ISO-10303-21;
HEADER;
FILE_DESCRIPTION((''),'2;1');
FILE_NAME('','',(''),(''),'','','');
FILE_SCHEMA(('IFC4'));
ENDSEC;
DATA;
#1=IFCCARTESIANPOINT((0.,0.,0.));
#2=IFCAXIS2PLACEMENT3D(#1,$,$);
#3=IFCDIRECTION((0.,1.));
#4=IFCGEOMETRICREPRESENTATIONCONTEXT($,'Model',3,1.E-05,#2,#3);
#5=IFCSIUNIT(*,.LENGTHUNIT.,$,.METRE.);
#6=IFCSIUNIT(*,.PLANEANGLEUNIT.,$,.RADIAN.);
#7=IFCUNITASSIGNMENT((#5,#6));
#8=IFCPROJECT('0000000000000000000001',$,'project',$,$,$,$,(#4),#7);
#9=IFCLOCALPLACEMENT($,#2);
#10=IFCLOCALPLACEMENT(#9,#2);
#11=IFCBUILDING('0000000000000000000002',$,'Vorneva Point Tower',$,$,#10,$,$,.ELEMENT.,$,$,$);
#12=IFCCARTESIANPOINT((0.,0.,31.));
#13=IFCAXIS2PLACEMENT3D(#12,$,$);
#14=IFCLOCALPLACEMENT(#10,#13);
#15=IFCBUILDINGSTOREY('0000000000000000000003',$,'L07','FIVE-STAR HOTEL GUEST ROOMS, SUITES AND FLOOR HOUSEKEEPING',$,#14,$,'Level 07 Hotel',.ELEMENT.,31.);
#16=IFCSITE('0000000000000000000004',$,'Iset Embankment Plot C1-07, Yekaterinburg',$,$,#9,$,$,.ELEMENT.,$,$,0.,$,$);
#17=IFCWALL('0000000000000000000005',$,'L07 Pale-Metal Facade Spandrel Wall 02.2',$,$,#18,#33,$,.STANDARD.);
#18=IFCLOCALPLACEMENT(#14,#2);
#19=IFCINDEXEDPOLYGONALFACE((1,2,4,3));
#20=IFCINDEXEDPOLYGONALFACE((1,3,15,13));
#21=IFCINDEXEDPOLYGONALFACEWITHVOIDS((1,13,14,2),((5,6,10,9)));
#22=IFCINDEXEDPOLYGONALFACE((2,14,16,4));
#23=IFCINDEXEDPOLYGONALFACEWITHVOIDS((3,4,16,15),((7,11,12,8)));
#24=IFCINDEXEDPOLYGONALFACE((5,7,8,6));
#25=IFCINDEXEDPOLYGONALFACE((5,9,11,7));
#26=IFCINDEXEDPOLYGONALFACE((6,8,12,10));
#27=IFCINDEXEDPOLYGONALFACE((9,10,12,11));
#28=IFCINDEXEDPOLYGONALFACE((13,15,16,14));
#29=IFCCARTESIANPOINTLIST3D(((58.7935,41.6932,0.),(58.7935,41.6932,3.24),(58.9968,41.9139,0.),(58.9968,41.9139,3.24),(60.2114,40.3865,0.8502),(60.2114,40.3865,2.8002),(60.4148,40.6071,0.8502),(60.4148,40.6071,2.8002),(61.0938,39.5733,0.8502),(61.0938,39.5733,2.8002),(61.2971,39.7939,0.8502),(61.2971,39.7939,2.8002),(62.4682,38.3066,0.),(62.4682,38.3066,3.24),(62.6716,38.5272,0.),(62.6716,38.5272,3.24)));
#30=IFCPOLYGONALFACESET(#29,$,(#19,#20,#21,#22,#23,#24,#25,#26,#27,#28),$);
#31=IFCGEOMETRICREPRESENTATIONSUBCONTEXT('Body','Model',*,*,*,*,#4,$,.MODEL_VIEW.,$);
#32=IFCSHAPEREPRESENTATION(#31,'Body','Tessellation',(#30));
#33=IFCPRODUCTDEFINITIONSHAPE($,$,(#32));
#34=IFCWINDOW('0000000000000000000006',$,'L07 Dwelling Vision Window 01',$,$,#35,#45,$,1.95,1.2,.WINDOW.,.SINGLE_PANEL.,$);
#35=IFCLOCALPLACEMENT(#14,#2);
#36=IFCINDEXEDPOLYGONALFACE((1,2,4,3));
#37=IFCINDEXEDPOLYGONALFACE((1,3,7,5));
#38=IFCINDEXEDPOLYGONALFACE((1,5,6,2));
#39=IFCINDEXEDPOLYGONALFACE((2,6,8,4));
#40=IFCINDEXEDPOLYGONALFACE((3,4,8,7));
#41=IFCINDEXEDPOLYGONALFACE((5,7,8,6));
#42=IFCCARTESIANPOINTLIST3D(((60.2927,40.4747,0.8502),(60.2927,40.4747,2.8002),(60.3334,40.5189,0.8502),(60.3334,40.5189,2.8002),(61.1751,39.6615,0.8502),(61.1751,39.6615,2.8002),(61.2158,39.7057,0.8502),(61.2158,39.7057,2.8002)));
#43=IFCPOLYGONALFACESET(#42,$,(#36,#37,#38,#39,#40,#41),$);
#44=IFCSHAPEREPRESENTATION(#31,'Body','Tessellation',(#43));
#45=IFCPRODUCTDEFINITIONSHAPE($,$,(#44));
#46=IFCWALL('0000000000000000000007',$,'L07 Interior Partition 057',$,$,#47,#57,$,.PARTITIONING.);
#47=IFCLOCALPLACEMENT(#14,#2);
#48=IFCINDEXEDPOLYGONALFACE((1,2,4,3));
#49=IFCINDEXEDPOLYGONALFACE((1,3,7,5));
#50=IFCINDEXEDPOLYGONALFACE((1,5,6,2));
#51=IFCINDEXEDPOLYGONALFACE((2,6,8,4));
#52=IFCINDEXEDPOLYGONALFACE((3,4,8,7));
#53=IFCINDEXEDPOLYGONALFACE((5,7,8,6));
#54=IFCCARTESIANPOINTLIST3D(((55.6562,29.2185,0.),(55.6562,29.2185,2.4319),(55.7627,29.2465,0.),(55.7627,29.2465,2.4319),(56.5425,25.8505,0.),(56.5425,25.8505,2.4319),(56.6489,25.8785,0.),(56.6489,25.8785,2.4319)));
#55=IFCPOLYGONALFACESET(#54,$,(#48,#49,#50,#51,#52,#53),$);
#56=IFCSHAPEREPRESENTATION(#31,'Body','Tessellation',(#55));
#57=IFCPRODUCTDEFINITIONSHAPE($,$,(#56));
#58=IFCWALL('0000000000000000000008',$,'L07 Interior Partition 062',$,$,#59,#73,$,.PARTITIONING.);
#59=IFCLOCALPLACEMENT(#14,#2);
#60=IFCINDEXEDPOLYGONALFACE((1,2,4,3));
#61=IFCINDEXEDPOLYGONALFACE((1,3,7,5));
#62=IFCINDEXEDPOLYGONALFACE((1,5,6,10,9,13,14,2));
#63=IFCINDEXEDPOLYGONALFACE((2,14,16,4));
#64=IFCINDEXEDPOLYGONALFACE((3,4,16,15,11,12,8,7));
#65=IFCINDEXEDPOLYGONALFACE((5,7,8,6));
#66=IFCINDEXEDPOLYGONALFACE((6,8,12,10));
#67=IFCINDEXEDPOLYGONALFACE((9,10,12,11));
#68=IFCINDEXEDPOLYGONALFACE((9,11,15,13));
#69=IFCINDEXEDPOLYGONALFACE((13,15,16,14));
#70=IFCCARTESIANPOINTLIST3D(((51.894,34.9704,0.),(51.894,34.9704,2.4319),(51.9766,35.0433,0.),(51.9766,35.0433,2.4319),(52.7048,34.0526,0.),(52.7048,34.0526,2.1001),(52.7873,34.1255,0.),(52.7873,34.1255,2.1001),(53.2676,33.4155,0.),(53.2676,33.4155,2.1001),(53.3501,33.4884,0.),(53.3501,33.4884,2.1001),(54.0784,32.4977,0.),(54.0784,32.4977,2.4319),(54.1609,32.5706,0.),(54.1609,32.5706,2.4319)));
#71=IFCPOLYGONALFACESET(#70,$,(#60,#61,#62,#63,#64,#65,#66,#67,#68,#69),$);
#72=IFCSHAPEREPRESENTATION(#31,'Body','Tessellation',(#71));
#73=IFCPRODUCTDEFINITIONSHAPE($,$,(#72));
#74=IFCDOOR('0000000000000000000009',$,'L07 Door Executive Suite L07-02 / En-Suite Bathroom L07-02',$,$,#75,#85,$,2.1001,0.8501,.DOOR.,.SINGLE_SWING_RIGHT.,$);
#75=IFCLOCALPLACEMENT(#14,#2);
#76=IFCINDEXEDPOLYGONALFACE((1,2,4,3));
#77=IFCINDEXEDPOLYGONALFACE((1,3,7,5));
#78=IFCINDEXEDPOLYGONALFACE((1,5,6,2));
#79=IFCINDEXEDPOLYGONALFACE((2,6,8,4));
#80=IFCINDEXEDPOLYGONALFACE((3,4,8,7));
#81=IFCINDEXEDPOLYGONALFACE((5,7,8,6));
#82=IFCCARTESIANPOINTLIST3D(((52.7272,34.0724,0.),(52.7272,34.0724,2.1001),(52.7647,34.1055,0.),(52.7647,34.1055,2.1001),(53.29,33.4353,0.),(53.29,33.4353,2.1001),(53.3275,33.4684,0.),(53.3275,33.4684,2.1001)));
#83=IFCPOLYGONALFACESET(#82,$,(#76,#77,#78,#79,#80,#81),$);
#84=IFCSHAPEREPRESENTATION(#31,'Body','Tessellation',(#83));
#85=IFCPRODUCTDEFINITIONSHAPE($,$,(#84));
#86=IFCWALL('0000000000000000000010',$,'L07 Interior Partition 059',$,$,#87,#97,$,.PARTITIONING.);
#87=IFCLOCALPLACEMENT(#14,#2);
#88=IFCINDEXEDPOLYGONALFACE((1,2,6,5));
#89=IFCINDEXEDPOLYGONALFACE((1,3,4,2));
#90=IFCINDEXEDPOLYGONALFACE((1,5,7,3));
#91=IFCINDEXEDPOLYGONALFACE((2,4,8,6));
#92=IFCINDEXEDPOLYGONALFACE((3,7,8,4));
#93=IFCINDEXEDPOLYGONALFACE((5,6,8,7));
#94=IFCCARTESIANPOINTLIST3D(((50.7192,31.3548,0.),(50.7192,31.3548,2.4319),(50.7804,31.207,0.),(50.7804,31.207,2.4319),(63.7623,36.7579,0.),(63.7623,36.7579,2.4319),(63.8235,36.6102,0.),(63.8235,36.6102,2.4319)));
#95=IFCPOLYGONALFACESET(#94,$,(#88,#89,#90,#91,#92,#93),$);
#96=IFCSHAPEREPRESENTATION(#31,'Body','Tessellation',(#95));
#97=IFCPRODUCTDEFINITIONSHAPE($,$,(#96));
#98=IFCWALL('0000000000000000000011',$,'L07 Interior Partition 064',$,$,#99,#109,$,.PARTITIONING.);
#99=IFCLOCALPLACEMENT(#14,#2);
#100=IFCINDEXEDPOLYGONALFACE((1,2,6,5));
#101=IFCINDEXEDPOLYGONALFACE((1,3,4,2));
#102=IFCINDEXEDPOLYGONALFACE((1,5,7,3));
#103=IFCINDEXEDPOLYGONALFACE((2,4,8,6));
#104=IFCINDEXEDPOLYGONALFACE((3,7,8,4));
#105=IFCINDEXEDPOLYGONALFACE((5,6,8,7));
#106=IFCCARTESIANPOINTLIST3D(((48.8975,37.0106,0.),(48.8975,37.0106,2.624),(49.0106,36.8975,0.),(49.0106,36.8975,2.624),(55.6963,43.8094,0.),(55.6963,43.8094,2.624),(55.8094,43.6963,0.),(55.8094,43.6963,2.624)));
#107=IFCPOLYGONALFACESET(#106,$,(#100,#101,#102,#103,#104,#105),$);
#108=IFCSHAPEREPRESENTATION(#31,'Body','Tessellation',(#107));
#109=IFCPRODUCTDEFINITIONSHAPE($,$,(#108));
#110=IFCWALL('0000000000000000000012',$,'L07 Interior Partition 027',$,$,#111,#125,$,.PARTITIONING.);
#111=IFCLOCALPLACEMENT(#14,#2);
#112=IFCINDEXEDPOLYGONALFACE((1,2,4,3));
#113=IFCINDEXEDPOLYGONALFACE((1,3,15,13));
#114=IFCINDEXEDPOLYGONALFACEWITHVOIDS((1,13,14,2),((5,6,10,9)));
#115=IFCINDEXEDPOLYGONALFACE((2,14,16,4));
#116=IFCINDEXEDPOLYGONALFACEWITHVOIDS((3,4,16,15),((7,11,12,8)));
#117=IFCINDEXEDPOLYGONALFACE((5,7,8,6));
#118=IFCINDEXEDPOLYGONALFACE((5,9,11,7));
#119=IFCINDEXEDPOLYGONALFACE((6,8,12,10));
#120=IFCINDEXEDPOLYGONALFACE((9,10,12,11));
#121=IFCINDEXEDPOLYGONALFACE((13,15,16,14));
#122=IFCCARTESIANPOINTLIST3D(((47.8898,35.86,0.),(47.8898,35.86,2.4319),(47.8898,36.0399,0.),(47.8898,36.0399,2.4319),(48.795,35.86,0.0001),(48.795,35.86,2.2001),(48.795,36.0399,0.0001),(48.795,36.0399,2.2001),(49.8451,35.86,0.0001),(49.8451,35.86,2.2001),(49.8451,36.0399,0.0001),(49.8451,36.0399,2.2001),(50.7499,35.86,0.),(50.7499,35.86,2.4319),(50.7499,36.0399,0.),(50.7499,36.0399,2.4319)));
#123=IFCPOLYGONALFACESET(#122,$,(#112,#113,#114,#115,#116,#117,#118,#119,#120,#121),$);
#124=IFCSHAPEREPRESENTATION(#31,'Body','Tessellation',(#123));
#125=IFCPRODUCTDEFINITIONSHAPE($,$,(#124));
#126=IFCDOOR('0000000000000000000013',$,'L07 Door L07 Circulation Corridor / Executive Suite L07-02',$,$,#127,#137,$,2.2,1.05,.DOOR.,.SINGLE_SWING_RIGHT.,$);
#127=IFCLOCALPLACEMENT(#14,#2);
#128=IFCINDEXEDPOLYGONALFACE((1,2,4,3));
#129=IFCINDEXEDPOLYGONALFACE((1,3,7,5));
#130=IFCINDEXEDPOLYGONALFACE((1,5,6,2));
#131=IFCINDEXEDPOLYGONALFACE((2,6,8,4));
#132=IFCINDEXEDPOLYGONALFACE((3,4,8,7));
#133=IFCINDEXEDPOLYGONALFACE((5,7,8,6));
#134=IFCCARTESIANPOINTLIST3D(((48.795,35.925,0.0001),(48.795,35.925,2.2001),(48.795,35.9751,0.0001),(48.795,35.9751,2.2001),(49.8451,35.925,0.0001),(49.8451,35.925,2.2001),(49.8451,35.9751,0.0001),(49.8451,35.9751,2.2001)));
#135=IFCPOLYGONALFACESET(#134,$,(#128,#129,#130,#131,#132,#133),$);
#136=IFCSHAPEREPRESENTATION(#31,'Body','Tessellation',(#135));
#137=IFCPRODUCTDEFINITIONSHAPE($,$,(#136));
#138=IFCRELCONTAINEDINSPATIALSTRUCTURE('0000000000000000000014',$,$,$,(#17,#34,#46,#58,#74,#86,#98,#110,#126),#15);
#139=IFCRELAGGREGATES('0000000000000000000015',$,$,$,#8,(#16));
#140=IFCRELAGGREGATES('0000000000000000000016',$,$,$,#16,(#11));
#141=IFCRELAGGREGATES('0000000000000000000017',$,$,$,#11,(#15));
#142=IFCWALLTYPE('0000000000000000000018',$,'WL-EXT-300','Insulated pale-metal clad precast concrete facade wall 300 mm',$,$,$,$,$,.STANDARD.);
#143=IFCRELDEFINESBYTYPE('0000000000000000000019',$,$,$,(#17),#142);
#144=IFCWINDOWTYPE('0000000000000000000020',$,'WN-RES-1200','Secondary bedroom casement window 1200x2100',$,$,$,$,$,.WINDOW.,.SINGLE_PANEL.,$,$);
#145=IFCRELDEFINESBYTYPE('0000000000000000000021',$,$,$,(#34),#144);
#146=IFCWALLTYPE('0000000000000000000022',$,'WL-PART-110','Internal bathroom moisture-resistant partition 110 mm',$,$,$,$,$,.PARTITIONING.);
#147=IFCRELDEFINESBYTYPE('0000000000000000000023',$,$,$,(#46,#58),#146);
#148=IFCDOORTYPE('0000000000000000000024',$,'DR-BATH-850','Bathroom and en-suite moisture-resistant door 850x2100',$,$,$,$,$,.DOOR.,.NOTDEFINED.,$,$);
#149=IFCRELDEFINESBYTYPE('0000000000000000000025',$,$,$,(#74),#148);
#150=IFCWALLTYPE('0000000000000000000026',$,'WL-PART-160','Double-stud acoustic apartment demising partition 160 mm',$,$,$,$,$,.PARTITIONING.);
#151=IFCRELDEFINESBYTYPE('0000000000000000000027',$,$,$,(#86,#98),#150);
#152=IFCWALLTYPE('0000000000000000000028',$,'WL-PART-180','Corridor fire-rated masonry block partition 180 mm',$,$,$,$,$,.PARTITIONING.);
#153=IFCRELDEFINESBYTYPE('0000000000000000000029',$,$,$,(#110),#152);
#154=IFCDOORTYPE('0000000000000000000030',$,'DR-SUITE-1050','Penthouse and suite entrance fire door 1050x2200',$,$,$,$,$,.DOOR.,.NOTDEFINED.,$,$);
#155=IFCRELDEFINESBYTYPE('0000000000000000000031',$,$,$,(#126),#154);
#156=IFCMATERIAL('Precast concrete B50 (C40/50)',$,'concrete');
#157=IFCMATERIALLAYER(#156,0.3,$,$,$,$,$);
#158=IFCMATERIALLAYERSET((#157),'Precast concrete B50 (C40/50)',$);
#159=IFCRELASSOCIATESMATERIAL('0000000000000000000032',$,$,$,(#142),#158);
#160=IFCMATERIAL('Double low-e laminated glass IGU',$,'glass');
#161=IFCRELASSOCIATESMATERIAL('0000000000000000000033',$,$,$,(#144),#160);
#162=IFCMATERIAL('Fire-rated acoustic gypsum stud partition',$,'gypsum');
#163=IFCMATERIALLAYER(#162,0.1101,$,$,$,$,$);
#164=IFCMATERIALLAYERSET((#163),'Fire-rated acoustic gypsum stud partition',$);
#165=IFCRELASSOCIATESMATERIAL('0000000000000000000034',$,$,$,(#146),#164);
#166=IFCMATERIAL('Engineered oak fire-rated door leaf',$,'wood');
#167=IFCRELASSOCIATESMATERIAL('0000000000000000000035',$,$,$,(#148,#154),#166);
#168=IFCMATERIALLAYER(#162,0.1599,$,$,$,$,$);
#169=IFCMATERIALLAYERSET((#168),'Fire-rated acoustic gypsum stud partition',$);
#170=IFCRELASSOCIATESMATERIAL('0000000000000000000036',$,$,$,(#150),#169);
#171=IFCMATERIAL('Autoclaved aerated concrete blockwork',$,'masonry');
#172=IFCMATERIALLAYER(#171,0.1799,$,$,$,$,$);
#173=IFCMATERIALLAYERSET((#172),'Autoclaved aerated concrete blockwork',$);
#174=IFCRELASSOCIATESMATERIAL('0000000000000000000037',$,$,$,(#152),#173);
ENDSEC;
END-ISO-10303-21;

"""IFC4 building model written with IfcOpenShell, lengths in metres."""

from ifc_helpers import new_model, si_unit, direction, frame, frame_2d, origin, place, context, subcontext, project, spatial, rectangle, extrude, material, layer, layer_set, type_object, element, fill, save


model = new_model("IFC4")

# Units and contexts
model_context = context("Model", 3, precision=1e-05, world=origin(), true_north=direction((0.0, 1.0)))
body_context = subcontext(model_context, "Body", "Model", "MODEL_VIEW")
ifc_project = project(units=[si_unit("LENGTHUNIT", "METRE"), si_unit("PLANEANGLEUNIT", "RADIAN")], contexts=[model_context])

# Site, building, storey
site_placement = place(None, origin())
site = spatial("IfcSite", under=ifc_project, at=site_placement, Name="Iset Embankment Plot C1-07, Yekaterinburg", CompositionType="ELEMENT", RefElevation=0.0)
building_placement = place(site_placement, origin())
building = spatial("IfcBuilding", under=site, at=building_placement, Name="Vorneva Point Tower", CompositionType="ELEMENT")
storey_placement = place(building_placement, frame((0.0, 0.0, 31.0)))
storey = spatial("IfcBuildingStorey", under=building, at=storey_placement, Name="L07", Description="FIVE-STAR HOTEL GUEST ROOMS, SUITES AND FLOOR HOUSEKEEPING", LongName="Level 07 Hotel", CompositionType="ELEMENT", Elevation=31.0)

# Shared definitions
ifc_material_1 = material(Name="Double low-e laminated glass IGU", Category="glass")

# Shared definitions
ifc_material_2 = material(Name="Precast concrete B50 (C40/50)", Category="concrete")
ifc_layer_1 = layer(ifc_material_2, 0.3)
ifc_layer_set_1 = layer_set([ifc_layer_1], Name="Precast concrete B50 (C40/50)")
wall_type_1 = type_object("IfcWallType", Name="WL-EXT-300", Description="Insulated pale-metal clad precast concrete facade wall 300 mm", PredefinedType="STANDARD", material=ifc_layer_set_1)

# Wall, opening, window
wall_1_placement = place(storey_placement, frame((62.5698, 38.417, 0.0), z_axis=(0.0, 0.0, 1.0), x_axis=(-0.735343, 0.677696, 0.0)))
wall_1 = element("IfcWall", 1, at=wall_1_placement, inside=storey, type_object=wall_type_1, Name="L07 Pale-Metal Facade Spandrel Wall 02.2", PredefinedType="STANDARD", context=body_context, shape_type="SweptSolid", body=[
    extrude(rectangle(XDim=4.9973, YDim=0.3, at=frame_2d((2.4985, 0.0))), origin(), (0.0, 0.0, 1.0), 3.24),
])
opening_1_placement = place(wall_1_placement, frame((1.8689, 0.0, 0.8501)))
opening_1 = element("IfcOpeningElement", 2, at=opening_1_placement, cuts=wall_1, PredefinedType="OPENING", context=body_context, shape_type="SweptSolid", body=[
    extrude(rectangle(XDim=1.2, YDim=1.95, at=frame_2d((0.6001, 0.9751))), frame((0.0, 0.165, 0.0), z_axis=(0.0, -1.0, 0.0), x_axis=(1.0, 0.0, 0.0)), (0.0, 0.0, 1.0), 0.3298),
])
window_type = type_object("IfcWindowType", Name="WN-RES-1200", Description="Secondary bedroom casement window 1200x2100", PartitioningType="SINGLE_PANEL", PredefinedType="WINDOW", material=ifc_material_1)
window_placement = place(opening_1_placement, origin())
window = element("IfcWindow", 3, at=window_placement, inside=storey, type_object=window_type, Name="L07 Dwelling Vision Window 01", OverallHeight=1.95, OverallWidth=1.2, PartitioningType="SINGLE_PANEL", PredefinedType="WINDOW", context=body_context, shape_type="SweptSolid", body=[
    extrude(rectangle(XDim=1.2, YDim=1.95, at=frame_2d((0.6001, 0.9751))), frame((0.0, 0.03, 0.0), z_axis=(0.0, -1.0, 0.0), x_axis=(1.0, 0.0, 0.0)), (0.0, 0.0, 1.0), 0.0601),
])
fill(opening_1, window)

# Wall
ifc_material_3 = material(Name="Fire-rated acoustic gypsum stud partition", Category="gypsum")
ifc_layer_2 = layer(ifc_material_3, 0.1101)
ifc_layer_set_2 = layer_set([ifc_layer_2], Name="Fire-rated acoustic gypsum stud partition")
wall_type_2 = type_object("IfcWallType", Name="WL-PART-110", Description="Internal bathroom moisture-resistant partition 110 mm", PredefinedType="PARTITIONING", material=ifc_layer_set_2)
wall_2_placement = place(storey_placement, frame((55.7095, 29.2324, 0.0), z_axis=(0.0, 0.0, 1.0), x_axis=(0.254476, -0.967079, 0.0)))
element("IfcWall", 4, at=wall_2_placement, inside=storey, type_object=wall_type_2, Name="L07 Interior Partition 057", PredefinedType="PARTITIONING", context=body_context, shape_type="SweptSolid", body=[
    extrude(rectangle(XDim=3.4827, YDim=0.1101, at=frame_2d((1.7412, 0.0))), origin(), (0.0, 0.0, 1.0), 2.4319),
])

# Wall, opening, door
wall_3_placement = place(storey_placement, frame((51.9353, 35.0068, 0.0), z_axis=(0.0, 0.0, 1.0), x_axis=(0.66206, -0.749451, 0.0)))
wall_3 = element("IfcWall", 5, at=wall_3_placement, inside=storey, type_object=wall_type_2, Name="L07 Interior Partition 062", PredefinedType="PARTITIONING", context=body_context, shape_type="SweptSolid", body=[
    extrude(rectangle(XDim=3.2993, YDim=0.1101, at=frame_2d((1.6497, 0.0))), origin(), (0.0, 0.0, 1.0), 2.4319),
])
opening_2_placement = place(wall_3_placement, frame((1.2246, 0.0, 0.0)))
opening_2 = element("IfcOpeningElement", 6, at=opening_2_placement, cuts=wall_3, PredefinedType="OPENING", context=body_context, shape_type="SweptSolid", body=[
    extrude(rectangle(XDim=0.8501, YDim=2.1001, at=frame_2d((0.425, 1.05))), frame((0.0, 0.0698, 0.0), z_axis=(0.0, -1.0, 0.0), x_axis=(1.0, 0.0, 0.0)), (0.0, 0.0, 1.0), 0.1399),
])
ifc_material_4 = material(Name="Engineered oak fire-rated door leaf", Category="wood")
door_type_1 = type_object("IfcDoorType", Name="DR-BATH-850", Description="Bathroom and en-suite moisture-resistant door 850x2100", OperationType="NOTDEFINED", PredefinedType="DOOR", material=ifc_material_4)
door_1_placement = place(opening_2_placement, origin())
door_1 = element("IfcDoor", 7, at=door_1_placement, inside=storey, type_object=door_type_1, Name="L07 Door Executive Suite L07-02 / En-Suite Bathroom L07-02", OperationType="SINGLE_SWING_RIGHT", OverallHeight=2.1001, OverallWidth=0.8501, PredefinedType="DOOR", context=body_context, shape_type="SweptSolid", body=[
    extrude(rectangle(XDim=0.8501, YDim=2.1001, at=frame_2d((0.425, 1.05))), frame((0.0, 0.0249, 0.0), z_axis=(0.0, -1.0, 0.0), x_axis=(1.0, 0.0, 0.0)), (0.0, 0.0, 1.0), 0.05),
])
fill(opening_2, door_1)

# Walls
ifc_layer_3 = layer(ifc_material_3, 0.1599)
ifc_layer_set_3 = layer_set([ifc_layer_3], Name="Fire-rated acoustic gypsum stud partition")
wall_type_3 = type_object("IfcWallType", Name="WL-PART-160", Description="Double-stud acoustic apartment demising partition 160 mm", PredefinedType="PARTITIONING", material=ifc_layer_set_3)
wall_4_placement = place(storey_placement, frame((63.793, 36.6841, 0.0), z_axis=(0.0, 0.0, 1.0), x_axis=(-0.923867, -0.382714, 0.0)))
element("IfcWall", 8, at=wall_4_placement, inside=storey, type_object=wall_type_3, Name="L07 Interior Partition 059", PredefinedType="PARTITIONING", context=body_context, shape_type="SweptSolid", body=[
    extrude(rectangle(XDim=14.1179, YDim=0.1599, at=frame_2d((7.0591, 0.0))), origin(), (0.0, 0.0, 1.0), 2.4319),
])
wall_5_placement = place(storey_placement, frame((55.7529, 43.7529, 0.0), z_axis=(0.0, 0.0, 1.0), x_axis=(-0.707107, -0.707107, 0.0)))
element("IfcWall", 9, at=wall_5_placement, inside=storey, type_object=wall_type_3, Name="L07 Interior Partition 064", PredefinedType="PARTITIONING", context=body_context, shape_type="SweptSolid", body=[
    extrude(rectangle(XDim=9.615, YDim=0.1599, at=frame_2d((4.8076, 0.0))), origin(), (0.0, 0.0, 1.0), 2.624),
])

# Wall, opening, door
ifc_material_5 = material(Name="Autoclaved aerated concrete blockwork", Category="masonry")
ifc_layer_4 = layer(ifc_material_5, 0.1799)
ifc_layer_set_4 = layer_set([ifc_layer_4], Name="Autoclaved aerated concrete blockwork")
wall_type_4 = type_object("IfcWallType", Name="WL-PART-180", Description="Corridor fire-rated masonry block partition 180 mm", PredefinedType="PARTITIONING", material=ifc_layer_set_4)
wall_6_placement = place(storey_placement, frame((50.75, 35.95, 0.0), z_axis=(0.0, 0.0, 1.0), x_axis=(-1.0, 0.0, 0.0)))
wall_6 = element("IfcWall", 10, at=wall_6_placement, inside=storey, type_object=wall_type_4, Name="L07 Interior Partition 027", PredefinedType="PARTITIONING", context=body_context, shape_type="SweptSolid", body=[
    extrude(rectangle(XDim=2.8601, YDim=0.1799, at=frame_2d((1.4302, 0.0))), origin(), (0.0, 0.0, 1.0), 2.4319),
])
opening_3_placement = place(wall_6_placement, frame((0.905, 0.0, 0.0)))
opening_3 = element("IfcOpeningElement", 11, at=opening_3_placement, cuts=wall_6, PredefinedType="OPENING", context=body_context, shape_type="SweptSolid", body=[
    extrude(rectangle(XDim=1.05, YDim=2.2, at=frame_2d((0.5249, 1.1001))), frame((0.0, 0.105, 0.0), z_axis=(0.0, -1.0, 0.0), x_axis=(1.0, 0.0, 0.0)), (0.0, 0.0, 1.0), 0.2097),
])
door_type_2 = type_object("IfcDoorType", Name="DR-SUITE-1050", Description="Penthouse and suite entrance fire door 1050x2200", OperationType="NOTDEFINED", PredefinedType="DOOR", material=ifc_material_4)
door_2_placement = place(opening_3_placement, origin())
door_2 = element("IfcDoor", 12, at=door_2_placement, inside=storey, type_object=door_type_2, Name="L07 Door L07 Circulation Corridor / Executive Suite L07-02", OperationType="SINGLE_SWING_RIGHT", OverallHeight=2.2, OverallWidth=1.05, PredefinedType="DOOR", context=body_context, shape_type="SweptSolid", body=[
    extrude(rectangle(XDim=1.05, YDim=2.2, at=frame_2d((0.5249, 1.1001))), frame((0.0, 0.0249, 0.0), z_axis=(0.0, -1.0, 0.0), x_axis=(1.0, 0.0, 0.0)), (0.0, 0.0, 1.0), 0.05),
])
fill(opening_3, door_2)

save(model, "model.ifc")
